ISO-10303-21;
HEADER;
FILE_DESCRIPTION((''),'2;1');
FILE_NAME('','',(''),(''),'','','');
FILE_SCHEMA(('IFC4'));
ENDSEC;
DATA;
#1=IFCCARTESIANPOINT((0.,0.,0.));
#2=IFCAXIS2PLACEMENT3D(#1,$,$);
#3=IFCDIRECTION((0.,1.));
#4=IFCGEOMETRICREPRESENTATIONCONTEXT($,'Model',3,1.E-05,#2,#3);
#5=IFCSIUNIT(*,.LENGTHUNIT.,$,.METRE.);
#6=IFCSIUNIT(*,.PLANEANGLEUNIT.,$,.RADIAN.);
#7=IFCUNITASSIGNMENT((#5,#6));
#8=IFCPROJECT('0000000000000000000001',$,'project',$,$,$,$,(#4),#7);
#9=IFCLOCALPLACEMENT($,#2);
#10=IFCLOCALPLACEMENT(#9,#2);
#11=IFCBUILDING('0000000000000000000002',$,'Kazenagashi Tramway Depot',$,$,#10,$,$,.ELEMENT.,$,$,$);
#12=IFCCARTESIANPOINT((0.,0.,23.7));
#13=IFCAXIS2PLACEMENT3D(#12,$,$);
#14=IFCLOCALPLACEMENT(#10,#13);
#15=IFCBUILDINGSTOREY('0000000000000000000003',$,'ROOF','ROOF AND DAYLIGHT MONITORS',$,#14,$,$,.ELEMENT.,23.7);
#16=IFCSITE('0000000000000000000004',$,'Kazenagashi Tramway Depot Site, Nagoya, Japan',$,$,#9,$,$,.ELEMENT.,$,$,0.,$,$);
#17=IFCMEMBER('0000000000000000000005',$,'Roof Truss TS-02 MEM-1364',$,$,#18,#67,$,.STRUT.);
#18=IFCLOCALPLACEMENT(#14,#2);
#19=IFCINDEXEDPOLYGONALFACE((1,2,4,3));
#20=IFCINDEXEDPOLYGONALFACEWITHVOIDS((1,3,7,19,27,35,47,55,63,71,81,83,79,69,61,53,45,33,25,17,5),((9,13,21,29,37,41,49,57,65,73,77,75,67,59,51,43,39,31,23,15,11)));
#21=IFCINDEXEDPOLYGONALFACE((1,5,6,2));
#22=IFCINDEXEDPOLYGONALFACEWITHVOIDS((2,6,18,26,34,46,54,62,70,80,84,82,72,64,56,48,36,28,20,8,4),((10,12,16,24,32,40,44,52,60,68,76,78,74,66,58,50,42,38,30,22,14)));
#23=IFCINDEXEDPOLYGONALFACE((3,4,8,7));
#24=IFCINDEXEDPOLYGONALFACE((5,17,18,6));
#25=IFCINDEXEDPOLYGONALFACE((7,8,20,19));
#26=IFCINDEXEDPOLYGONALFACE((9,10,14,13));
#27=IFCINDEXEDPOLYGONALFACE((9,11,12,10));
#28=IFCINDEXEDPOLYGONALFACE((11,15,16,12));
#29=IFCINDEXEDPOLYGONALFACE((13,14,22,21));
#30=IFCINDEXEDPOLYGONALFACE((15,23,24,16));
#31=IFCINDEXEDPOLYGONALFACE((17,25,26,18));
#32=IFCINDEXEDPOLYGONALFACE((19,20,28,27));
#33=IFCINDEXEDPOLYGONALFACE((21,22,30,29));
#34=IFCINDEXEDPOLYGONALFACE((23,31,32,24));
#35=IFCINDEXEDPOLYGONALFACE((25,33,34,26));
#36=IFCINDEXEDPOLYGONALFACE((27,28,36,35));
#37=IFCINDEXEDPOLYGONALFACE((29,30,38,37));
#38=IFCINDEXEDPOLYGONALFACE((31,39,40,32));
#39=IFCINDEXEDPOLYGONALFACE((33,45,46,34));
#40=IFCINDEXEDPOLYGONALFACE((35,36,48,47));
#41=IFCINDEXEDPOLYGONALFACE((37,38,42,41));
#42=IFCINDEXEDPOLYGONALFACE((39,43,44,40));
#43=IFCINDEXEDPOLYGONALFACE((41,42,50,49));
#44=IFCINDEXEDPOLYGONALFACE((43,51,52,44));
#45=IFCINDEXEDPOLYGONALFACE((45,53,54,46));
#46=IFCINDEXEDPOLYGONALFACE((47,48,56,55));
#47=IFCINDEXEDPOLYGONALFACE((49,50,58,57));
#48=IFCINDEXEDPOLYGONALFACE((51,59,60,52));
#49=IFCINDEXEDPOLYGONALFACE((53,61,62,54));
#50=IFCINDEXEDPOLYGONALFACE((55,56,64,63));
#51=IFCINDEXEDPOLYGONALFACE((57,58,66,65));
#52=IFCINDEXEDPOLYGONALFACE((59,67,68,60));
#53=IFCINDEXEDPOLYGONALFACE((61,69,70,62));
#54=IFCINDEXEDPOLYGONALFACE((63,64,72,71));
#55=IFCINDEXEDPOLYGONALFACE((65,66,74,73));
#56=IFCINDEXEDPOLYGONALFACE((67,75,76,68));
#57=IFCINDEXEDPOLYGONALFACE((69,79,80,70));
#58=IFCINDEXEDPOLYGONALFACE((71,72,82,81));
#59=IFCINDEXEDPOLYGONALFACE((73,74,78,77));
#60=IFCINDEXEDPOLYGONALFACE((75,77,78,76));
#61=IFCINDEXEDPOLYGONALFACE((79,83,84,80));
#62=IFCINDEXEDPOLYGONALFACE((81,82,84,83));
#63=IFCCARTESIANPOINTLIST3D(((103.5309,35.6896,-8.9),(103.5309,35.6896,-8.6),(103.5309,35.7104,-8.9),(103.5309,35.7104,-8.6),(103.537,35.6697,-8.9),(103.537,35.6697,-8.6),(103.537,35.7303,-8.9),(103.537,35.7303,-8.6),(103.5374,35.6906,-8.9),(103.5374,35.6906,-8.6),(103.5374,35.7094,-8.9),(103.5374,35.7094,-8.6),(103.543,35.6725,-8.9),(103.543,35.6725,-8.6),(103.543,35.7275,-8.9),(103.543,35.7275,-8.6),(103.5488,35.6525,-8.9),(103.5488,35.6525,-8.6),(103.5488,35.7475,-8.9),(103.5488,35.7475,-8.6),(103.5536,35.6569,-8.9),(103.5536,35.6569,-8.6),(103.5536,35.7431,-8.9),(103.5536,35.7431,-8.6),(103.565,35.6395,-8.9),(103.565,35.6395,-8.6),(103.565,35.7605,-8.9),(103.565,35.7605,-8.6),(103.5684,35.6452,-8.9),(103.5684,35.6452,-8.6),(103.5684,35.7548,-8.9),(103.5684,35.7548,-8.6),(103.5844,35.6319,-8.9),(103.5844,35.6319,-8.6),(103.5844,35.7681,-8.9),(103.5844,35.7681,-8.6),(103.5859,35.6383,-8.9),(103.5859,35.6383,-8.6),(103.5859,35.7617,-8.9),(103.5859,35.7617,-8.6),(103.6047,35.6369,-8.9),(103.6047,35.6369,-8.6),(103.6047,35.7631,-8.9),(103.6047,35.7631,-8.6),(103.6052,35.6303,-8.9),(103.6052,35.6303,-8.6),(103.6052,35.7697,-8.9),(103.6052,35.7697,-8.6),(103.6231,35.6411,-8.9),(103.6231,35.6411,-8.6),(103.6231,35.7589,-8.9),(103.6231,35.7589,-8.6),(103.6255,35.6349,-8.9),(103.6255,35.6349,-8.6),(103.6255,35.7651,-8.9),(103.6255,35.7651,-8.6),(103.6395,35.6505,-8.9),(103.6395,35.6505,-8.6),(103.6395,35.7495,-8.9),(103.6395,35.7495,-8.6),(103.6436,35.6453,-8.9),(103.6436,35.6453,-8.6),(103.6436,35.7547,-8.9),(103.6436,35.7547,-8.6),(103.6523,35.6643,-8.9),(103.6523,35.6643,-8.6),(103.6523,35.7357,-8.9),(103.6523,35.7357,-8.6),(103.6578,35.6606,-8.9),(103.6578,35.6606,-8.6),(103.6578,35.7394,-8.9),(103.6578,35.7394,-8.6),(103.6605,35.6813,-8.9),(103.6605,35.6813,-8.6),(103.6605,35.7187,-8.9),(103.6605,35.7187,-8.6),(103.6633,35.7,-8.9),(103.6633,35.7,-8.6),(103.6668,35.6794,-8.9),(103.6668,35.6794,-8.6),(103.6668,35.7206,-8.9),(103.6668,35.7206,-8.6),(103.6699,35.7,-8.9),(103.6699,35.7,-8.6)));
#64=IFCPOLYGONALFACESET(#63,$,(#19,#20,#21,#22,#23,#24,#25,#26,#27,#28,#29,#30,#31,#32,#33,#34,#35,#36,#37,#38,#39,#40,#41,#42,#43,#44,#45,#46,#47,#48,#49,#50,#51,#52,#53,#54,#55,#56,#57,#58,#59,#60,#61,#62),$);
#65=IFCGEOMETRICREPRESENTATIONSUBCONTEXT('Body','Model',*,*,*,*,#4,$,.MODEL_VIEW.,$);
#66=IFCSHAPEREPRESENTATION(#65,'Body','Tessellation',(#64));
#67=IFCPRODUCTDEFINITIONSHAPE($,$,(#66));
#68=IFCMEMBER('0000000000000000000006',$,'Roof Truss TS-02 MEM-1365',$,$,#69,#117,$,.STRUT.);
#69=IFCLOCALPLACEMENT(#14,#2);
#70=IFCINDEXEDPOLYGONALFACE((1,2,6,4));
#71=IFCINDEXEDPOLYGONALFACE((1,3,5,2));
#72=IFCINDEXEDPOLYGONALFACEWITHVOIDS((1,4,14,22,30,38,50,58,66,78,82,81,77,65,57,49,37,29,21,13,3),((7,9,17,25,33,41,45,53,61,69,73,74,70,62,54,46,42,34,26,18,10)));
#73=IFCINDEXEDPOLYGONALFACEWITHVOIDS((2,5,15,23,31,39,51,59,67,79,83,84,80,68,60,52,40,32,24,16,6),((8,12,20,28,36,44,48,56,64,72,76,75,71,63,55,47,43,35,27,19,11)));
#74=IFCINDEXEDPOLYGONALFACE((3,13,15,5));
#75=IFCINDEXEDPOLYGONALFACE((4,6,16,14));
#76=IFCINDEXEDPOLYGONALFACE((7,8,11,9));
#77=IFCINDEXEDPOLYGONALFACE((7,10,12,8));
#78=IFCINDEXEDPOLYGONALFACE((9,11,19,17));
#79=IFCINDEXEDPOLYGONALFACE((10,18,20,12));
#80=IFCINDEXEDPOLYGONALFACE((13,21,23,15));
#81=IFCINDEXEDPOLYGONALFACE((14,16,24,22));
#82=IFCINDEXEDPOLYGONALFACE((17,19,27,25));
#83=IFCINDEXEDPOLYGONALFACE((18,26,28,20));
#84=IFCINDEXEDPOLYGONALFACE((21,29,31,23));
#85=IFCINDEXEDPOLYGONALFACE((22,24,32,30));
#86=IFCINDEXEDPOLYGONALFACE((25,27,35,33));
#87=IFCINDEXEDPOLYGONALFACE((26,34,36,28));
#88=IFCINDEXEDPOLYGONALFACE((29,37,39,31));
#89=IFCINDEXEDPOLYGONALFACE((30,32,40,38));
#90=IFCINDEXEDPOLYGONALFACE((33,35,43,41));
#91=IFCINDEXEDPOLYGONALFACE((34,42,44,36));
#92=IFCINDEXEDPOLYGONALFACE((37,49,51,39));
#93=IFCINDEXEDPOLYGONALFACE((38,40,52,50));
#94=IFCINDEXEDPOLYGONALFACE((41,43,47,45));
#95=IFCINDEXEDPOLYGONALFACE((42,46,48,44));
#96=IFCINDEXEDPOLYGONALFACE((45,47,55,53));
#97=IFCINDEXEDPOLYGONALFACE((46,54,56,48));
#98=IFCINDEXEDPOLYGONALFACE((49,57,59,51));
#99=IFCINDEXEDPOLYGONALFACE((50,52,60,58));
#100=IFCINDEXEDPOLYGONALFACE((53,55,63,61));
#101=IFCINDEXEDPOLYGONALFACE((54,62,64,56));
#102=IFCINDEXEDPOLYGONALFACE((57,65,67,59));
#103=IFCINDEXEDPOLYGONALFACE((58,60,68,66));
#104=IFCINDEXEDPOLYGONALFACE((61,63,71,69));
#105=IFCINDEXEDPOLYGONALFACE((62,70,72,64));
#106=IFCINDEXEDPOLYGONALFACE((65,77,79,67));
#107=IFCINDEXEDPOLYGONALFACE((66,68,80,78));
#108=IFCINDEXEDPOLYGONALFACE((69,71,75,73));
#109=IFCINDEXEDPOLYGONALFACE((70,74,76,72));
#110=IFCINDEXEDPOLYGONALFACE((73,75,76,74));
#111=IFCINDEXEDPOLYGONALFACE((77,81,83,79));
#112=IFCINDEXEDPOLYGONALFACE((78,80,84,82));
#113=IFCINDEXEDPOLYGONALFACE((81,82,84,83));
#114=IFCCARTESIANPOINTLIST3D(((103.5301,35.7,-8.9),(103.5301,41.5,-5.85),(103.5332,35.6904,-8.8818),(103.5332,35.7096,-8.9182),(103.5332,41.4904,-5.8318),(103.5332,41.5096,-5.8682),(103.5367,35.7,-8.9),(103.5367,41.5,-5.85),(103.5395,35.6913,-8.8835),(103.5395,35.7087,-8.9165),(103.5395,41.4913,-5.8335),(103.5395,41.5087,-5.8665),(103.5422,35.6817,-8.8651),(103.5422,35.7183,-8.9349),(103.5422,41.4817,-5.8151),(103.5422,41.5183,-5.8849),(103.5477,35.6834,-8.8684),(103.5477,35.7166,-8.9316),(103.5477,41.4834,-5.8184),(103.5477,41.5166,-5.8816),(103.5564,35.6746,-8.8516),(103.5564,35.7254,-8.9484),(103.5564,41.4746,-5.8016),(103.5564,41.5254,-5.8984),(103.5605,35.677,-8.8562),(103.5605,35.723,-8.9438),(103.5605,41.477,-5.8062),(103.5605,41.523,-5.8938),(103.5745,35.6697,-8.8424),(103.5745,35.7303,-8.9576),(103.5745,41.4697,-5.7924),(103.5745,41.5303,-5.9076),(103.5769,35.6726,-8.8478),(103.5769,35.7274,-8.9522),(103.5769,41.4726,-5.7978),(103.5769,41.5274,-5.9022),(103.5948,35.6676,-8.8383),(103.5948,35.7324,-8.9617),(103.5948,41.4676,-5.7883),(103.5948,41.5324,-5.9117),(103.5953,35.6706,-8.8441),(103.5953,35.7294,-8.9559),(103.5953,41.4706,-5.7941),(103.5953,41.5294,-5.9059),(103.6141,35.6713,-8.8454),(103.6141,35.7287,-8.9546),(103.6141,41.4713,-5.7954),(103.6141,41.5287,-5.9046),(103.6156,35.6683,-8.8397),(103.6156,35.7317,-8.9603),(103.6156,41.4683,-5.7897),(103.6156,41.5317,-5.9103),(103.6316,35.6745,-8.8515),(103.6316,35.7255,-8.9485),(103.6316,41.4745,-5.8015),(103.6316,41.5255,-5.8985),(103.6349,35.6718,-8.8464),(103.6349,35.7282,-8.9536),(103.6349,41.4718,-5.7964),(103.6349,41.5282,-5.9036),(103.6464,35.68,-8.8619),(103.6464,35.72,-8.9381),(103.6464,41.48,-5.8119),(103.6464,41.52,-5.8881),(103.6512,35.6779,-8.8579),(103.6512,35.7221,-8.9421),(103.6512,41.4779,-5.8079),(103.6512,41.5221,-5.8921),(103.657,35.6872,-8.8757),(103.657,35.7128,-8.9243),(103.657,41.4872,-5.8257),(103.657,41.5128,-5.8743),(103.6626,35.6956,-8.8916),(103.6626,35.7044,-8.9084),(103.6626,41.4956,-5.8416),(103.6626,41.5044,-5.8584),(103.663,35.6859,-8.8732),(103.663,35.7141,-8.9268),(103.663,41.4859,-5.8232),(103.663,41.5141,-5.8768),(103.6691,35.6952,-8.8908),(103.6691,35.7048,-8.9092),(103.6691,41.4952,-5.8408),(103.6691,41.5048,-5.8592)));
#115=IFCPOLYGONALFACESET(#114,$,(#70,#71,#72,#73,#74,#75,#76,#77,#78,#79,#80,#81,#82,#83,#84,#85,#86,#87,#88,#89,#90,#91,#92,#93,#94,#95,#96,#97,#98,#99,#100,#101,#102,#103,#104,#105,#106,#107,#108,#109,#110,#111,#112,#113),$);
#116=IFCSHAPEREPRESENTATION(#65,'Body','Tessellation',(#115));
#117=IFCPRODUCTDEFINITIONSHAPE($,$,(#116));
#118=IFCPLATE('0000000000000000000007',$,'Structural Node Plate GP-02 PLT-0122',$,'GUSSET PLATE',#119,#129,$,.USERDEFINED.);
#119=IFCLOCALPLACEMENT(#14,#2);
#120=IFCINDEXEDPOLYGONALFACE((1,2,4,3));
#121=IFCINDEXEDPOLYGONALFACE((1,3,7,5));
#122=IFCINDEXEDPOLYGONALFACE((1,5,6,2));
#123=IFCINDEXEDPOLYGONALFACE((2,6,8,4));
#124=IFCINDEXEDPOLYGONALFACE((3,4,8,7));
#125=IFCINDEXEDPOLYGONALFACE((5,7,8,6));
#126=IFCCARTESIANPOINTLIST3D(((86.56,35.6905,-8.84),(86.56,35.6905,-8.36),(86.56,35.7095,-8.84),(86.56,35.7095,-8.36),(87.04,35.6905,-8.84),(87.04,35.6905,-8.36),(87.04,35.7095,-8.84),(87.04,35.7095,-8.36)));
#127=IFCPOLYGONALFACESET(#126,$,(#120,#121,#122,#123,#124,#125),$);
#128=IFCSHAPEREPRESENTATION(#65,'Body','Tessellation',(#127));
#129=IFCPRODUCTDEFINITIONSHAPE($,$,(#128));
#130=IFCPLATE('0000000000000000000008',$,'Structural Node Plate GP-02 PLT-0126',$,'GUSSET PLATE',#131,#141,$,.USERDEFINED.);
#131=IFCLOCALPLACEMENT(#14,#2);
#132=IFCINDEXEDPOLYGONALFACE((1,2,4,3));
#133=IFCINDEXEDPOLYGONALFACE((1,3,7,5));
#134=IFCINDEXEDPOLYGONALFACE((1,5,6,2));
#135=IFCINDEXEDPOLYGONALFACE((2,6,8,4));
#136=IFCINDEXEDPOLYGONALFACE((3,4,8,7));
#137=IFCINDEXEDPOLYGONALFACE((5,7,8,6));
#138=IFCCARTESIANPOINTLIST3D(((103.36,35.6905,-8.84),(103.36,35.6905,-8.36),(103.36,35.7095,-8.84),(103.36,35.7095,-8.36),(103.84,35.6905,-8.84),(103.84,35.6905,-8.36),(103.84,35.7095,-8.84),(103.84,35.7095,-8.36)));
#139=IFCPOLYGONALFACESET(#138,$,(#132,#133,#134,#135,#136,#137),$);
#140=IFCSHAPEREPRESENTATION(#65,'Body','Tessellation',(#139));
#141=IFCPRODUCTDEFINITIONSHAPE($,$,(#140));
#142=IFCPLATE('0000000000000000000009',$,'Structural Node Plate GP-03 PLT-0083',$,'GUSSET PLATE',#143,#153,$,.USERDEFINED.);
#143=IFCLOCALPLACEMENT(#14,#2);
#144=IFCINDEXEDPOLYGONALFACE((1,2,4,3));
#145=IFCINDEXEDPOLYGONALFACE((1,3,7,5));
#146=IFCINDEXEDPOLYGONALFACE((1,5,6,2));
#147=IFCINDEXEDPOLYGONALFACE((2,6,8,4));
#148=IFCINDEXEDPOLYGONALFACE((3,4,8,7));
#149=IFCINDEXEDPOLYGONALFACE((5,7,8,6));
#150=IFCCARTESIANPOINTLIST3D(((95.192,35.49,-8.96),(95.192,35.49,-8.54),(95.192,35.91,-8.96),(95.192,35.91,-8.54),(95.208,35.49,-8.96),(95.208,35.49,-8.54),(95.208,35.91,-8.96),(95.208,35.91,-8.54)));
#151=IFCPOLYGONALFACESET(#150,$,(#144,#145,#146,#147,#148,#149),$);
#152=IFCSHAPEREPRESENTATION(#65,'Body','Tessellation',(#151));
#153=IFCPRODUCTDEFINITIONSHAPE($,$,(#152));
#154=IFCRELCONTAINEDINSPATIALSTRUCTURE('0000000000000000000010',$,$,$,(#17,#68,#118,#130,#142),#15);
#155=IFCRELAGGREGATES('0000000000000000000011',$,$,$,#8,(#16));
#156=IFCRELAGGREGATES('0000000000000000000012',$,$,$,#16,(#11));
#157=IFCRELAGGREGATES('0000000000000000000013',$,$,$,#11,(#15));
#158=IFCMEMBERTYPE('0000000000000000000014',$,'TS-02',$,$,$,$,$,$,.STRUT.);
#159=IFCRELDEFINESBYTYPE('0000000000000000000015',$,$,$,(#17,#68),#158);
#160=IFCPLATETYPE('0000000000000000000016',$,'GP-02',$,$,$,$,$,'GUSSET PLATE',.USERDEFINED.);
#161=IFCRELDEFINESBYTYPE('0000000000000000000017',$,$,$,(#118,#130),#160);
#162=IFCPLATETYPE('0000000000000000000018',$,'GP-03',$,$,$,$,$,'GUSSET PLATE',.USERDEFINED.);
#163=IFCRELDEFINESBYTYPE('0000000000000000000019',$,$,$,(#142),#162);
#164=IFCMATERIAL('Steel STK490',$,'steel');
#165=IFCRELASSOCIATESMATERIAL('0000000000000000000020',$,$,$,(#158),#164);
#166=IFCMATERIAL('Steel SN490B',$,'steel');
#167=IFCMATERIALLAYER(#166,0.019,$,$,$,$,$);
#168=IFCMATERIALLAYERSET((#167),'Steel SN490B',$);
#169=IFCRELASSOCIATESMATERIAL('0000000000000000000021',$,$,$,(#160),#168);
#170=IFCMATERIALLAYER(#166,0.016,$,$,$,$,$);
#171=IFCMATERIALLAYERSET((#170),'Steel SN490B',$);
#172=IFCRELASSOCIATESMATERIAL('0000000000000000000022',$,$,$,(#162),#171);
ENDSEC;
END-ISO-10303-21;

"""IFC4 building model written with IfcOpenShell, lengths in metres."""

from ifc_helpers import new_model, si_unit, direction, frame, origin, origin_2d, place, context, subcontext, project, spatial, rectangle, hollow_circle, extrude, material, layer, layer_set, material_profile, profile_set, type_object, element, save


model = new_model("IFC4")

# Units and contexts
model_context = context("Model", 3, precision=1e-05, world=origin(), true_north=direction((0.0, 1.0)))
body_context = subcontext(model_context, "Body", "Model", "MODEL_VIEW")
ifc_project = project(units=[si_unit("LENGTHUNIT", "METRE"), si_unit("PLANEANGLEUNIT", "RADIAN")], contexts=[model_context])

# Site, building, storey
site_placement = place(None, origin())
site = spatial("IfcSite", under=ifc_project, at=site_placement, Name="Kazenagashi Tramway Depot Site, Nagoya, Japan", CompositionType="ELEMENT", RefElevation=0.0)
building_placement = place(site_placement, origin())
building = spatial("IfcBuilding", under=site, at=building_placement, Name="Kazenagashi Tramway Depot", CompositionType="ELEMENT")
storey_placement = place(building_placement, frame((0.0, 0.0, 23.7)))
storey = spatial("IfcBuildingStorey", under=building, at=storey_placement, Name="ROOF", Description="ROOF AND DAYLIGHT MONITORS", CompositionType="ELEMENT", Elevation=23.7)

# Shared definitions
ifc_material_1 = material(Name="Steel SN490B", Category="steel")

# Members
ifc_material_2 = material(Name="Steel STK490", Category="steel")
ifc_material_profile_1 = material_profile(ifc_material_2, hollow_circle(Radius=0.0699, WallThickness=0.0066, at=origin_2d()), Name="CHS-139.8x6.6")
ifc_profile_set_1 = profile_set([ifc_material_profile_1], Name="Steel STK490")
member_type_1 = type_object("IfcMemberType", Name="TS-02", PredefinedType="STRUT", material=ifc_profile_set_1)
member_1_placement = place(storey_placement, frame((103.6, 35.7, -8.9), z_axis=(0.0, 0.0, 1.0), x_axis=(1.0, 0.0, 0.0)))
element("IfcMember", 1, at=member_1_placement, inside=storey, type_object=member_type_1, Name="Roof Truss TS-02 MEM-1364", PredefinedType="STRUT", context=body_context, shape_type="SweptSolid", body=[
    extrude(hollow_circle(Radius=0.0699, WallThickness=0.0066, at=origin_2d()), origin(), (0.0, 0.0, 1.0), 0.3),
])
member_2_placement = place(storey_placement, frame((103.6, 35.7, -8.9), z_axis=(0.0, 0.885084, 0.465432), x_axis=(-1.0, 0.0, 0.0)))
element("IfcMember", 2, at=member_2_placement, inside=storey, type_object=member_type_1, Name="Roof Truss TS-02 MEM-1365", PredefinedType="STRUT", context=body_context, shape_type="SweptSolid", body=[
    extrude(hollow_circle(Radius=0.0699, WallThickness=0.0066, at=origin_2d()), origin(), (0.0, 0.0, 1.0), 6.5531),
])

# Plates
ifc_layer_1 = layer(ifc_material_1, 0.019)
ifc_layer_set_1 = layer_set([ifc_layer_1], Name="Steel SN490B")
plate_type_1 = type_object("IfcPlateType", Name="GP-02", ElementType="GUSSET PLATE", PredefinedType="USERDEFINED", material=ifc_layer_set_1)
for number, where, z_axis, x_axis, name in (
    (3, (86.8, 35.7, -8.84), (0.0, 0.0, 1.0), (1.0, 0.0, 0.0), "Structural Node Plate GP-02 PLT-0122"),
    (4, (103.6, 35.7, -8.84), (0.0, 0.0, 1.0), (1.0, 0.0, 0.0), "Structural Node Plate GP-02 PLT-0126"),
):
    element("IfcPlate", number, at=place(storey_placement, frame(where, z_axis=z_axis, x_axis=x_axis)), inside=storey, type_object=plate_type_1, Name=name, ObjectType="GUSSET PLATE", PredefinedType="USERDEFINED", context=body_context, shape_type="SweptSolid", body=[
        extrude(rectangle(XDim=0.48, YDim=0.019, at=origin_2d()), origin(), (0.0, 0.0, 1.0), 0.48),
    ])
ifc_layer_2 = layer(ifc_material_1, 0.016)
ifc_layer_set_2 = layer_set([ifc_layer_2], Name="Steel SN490B")
plate_type_2 = type_object("IfcPlateType", Name="GP-03", ElementType="GUSSET PLATE", PredefinedType="USERDEFINED", material=ifc_layer_set_2)
plate_placement = place(storey_placement, frame((95.2, 35.7, -8.96), z_axis=(0.0, 0.0, 1.0), x_axis=(0.0, 1.0, 0.0)))
element("IfcPlate", 5, at=plate_placement, inside=storey, type_object=plate_type_2, Name="Structural Node Plate GP-03 PLT-0083", ObjectType="GUSSET PLATE", PredefinedType="USERDEFINED", context=body_context, shape_type="SweptSolid", body=[
    extrude(rectangle(XDim=0.42, YDim=0.016, at=origin_2d()), origin(), (0.0, 0.0, 1.0), 0.42),
])

save(model, "model.ifc")
